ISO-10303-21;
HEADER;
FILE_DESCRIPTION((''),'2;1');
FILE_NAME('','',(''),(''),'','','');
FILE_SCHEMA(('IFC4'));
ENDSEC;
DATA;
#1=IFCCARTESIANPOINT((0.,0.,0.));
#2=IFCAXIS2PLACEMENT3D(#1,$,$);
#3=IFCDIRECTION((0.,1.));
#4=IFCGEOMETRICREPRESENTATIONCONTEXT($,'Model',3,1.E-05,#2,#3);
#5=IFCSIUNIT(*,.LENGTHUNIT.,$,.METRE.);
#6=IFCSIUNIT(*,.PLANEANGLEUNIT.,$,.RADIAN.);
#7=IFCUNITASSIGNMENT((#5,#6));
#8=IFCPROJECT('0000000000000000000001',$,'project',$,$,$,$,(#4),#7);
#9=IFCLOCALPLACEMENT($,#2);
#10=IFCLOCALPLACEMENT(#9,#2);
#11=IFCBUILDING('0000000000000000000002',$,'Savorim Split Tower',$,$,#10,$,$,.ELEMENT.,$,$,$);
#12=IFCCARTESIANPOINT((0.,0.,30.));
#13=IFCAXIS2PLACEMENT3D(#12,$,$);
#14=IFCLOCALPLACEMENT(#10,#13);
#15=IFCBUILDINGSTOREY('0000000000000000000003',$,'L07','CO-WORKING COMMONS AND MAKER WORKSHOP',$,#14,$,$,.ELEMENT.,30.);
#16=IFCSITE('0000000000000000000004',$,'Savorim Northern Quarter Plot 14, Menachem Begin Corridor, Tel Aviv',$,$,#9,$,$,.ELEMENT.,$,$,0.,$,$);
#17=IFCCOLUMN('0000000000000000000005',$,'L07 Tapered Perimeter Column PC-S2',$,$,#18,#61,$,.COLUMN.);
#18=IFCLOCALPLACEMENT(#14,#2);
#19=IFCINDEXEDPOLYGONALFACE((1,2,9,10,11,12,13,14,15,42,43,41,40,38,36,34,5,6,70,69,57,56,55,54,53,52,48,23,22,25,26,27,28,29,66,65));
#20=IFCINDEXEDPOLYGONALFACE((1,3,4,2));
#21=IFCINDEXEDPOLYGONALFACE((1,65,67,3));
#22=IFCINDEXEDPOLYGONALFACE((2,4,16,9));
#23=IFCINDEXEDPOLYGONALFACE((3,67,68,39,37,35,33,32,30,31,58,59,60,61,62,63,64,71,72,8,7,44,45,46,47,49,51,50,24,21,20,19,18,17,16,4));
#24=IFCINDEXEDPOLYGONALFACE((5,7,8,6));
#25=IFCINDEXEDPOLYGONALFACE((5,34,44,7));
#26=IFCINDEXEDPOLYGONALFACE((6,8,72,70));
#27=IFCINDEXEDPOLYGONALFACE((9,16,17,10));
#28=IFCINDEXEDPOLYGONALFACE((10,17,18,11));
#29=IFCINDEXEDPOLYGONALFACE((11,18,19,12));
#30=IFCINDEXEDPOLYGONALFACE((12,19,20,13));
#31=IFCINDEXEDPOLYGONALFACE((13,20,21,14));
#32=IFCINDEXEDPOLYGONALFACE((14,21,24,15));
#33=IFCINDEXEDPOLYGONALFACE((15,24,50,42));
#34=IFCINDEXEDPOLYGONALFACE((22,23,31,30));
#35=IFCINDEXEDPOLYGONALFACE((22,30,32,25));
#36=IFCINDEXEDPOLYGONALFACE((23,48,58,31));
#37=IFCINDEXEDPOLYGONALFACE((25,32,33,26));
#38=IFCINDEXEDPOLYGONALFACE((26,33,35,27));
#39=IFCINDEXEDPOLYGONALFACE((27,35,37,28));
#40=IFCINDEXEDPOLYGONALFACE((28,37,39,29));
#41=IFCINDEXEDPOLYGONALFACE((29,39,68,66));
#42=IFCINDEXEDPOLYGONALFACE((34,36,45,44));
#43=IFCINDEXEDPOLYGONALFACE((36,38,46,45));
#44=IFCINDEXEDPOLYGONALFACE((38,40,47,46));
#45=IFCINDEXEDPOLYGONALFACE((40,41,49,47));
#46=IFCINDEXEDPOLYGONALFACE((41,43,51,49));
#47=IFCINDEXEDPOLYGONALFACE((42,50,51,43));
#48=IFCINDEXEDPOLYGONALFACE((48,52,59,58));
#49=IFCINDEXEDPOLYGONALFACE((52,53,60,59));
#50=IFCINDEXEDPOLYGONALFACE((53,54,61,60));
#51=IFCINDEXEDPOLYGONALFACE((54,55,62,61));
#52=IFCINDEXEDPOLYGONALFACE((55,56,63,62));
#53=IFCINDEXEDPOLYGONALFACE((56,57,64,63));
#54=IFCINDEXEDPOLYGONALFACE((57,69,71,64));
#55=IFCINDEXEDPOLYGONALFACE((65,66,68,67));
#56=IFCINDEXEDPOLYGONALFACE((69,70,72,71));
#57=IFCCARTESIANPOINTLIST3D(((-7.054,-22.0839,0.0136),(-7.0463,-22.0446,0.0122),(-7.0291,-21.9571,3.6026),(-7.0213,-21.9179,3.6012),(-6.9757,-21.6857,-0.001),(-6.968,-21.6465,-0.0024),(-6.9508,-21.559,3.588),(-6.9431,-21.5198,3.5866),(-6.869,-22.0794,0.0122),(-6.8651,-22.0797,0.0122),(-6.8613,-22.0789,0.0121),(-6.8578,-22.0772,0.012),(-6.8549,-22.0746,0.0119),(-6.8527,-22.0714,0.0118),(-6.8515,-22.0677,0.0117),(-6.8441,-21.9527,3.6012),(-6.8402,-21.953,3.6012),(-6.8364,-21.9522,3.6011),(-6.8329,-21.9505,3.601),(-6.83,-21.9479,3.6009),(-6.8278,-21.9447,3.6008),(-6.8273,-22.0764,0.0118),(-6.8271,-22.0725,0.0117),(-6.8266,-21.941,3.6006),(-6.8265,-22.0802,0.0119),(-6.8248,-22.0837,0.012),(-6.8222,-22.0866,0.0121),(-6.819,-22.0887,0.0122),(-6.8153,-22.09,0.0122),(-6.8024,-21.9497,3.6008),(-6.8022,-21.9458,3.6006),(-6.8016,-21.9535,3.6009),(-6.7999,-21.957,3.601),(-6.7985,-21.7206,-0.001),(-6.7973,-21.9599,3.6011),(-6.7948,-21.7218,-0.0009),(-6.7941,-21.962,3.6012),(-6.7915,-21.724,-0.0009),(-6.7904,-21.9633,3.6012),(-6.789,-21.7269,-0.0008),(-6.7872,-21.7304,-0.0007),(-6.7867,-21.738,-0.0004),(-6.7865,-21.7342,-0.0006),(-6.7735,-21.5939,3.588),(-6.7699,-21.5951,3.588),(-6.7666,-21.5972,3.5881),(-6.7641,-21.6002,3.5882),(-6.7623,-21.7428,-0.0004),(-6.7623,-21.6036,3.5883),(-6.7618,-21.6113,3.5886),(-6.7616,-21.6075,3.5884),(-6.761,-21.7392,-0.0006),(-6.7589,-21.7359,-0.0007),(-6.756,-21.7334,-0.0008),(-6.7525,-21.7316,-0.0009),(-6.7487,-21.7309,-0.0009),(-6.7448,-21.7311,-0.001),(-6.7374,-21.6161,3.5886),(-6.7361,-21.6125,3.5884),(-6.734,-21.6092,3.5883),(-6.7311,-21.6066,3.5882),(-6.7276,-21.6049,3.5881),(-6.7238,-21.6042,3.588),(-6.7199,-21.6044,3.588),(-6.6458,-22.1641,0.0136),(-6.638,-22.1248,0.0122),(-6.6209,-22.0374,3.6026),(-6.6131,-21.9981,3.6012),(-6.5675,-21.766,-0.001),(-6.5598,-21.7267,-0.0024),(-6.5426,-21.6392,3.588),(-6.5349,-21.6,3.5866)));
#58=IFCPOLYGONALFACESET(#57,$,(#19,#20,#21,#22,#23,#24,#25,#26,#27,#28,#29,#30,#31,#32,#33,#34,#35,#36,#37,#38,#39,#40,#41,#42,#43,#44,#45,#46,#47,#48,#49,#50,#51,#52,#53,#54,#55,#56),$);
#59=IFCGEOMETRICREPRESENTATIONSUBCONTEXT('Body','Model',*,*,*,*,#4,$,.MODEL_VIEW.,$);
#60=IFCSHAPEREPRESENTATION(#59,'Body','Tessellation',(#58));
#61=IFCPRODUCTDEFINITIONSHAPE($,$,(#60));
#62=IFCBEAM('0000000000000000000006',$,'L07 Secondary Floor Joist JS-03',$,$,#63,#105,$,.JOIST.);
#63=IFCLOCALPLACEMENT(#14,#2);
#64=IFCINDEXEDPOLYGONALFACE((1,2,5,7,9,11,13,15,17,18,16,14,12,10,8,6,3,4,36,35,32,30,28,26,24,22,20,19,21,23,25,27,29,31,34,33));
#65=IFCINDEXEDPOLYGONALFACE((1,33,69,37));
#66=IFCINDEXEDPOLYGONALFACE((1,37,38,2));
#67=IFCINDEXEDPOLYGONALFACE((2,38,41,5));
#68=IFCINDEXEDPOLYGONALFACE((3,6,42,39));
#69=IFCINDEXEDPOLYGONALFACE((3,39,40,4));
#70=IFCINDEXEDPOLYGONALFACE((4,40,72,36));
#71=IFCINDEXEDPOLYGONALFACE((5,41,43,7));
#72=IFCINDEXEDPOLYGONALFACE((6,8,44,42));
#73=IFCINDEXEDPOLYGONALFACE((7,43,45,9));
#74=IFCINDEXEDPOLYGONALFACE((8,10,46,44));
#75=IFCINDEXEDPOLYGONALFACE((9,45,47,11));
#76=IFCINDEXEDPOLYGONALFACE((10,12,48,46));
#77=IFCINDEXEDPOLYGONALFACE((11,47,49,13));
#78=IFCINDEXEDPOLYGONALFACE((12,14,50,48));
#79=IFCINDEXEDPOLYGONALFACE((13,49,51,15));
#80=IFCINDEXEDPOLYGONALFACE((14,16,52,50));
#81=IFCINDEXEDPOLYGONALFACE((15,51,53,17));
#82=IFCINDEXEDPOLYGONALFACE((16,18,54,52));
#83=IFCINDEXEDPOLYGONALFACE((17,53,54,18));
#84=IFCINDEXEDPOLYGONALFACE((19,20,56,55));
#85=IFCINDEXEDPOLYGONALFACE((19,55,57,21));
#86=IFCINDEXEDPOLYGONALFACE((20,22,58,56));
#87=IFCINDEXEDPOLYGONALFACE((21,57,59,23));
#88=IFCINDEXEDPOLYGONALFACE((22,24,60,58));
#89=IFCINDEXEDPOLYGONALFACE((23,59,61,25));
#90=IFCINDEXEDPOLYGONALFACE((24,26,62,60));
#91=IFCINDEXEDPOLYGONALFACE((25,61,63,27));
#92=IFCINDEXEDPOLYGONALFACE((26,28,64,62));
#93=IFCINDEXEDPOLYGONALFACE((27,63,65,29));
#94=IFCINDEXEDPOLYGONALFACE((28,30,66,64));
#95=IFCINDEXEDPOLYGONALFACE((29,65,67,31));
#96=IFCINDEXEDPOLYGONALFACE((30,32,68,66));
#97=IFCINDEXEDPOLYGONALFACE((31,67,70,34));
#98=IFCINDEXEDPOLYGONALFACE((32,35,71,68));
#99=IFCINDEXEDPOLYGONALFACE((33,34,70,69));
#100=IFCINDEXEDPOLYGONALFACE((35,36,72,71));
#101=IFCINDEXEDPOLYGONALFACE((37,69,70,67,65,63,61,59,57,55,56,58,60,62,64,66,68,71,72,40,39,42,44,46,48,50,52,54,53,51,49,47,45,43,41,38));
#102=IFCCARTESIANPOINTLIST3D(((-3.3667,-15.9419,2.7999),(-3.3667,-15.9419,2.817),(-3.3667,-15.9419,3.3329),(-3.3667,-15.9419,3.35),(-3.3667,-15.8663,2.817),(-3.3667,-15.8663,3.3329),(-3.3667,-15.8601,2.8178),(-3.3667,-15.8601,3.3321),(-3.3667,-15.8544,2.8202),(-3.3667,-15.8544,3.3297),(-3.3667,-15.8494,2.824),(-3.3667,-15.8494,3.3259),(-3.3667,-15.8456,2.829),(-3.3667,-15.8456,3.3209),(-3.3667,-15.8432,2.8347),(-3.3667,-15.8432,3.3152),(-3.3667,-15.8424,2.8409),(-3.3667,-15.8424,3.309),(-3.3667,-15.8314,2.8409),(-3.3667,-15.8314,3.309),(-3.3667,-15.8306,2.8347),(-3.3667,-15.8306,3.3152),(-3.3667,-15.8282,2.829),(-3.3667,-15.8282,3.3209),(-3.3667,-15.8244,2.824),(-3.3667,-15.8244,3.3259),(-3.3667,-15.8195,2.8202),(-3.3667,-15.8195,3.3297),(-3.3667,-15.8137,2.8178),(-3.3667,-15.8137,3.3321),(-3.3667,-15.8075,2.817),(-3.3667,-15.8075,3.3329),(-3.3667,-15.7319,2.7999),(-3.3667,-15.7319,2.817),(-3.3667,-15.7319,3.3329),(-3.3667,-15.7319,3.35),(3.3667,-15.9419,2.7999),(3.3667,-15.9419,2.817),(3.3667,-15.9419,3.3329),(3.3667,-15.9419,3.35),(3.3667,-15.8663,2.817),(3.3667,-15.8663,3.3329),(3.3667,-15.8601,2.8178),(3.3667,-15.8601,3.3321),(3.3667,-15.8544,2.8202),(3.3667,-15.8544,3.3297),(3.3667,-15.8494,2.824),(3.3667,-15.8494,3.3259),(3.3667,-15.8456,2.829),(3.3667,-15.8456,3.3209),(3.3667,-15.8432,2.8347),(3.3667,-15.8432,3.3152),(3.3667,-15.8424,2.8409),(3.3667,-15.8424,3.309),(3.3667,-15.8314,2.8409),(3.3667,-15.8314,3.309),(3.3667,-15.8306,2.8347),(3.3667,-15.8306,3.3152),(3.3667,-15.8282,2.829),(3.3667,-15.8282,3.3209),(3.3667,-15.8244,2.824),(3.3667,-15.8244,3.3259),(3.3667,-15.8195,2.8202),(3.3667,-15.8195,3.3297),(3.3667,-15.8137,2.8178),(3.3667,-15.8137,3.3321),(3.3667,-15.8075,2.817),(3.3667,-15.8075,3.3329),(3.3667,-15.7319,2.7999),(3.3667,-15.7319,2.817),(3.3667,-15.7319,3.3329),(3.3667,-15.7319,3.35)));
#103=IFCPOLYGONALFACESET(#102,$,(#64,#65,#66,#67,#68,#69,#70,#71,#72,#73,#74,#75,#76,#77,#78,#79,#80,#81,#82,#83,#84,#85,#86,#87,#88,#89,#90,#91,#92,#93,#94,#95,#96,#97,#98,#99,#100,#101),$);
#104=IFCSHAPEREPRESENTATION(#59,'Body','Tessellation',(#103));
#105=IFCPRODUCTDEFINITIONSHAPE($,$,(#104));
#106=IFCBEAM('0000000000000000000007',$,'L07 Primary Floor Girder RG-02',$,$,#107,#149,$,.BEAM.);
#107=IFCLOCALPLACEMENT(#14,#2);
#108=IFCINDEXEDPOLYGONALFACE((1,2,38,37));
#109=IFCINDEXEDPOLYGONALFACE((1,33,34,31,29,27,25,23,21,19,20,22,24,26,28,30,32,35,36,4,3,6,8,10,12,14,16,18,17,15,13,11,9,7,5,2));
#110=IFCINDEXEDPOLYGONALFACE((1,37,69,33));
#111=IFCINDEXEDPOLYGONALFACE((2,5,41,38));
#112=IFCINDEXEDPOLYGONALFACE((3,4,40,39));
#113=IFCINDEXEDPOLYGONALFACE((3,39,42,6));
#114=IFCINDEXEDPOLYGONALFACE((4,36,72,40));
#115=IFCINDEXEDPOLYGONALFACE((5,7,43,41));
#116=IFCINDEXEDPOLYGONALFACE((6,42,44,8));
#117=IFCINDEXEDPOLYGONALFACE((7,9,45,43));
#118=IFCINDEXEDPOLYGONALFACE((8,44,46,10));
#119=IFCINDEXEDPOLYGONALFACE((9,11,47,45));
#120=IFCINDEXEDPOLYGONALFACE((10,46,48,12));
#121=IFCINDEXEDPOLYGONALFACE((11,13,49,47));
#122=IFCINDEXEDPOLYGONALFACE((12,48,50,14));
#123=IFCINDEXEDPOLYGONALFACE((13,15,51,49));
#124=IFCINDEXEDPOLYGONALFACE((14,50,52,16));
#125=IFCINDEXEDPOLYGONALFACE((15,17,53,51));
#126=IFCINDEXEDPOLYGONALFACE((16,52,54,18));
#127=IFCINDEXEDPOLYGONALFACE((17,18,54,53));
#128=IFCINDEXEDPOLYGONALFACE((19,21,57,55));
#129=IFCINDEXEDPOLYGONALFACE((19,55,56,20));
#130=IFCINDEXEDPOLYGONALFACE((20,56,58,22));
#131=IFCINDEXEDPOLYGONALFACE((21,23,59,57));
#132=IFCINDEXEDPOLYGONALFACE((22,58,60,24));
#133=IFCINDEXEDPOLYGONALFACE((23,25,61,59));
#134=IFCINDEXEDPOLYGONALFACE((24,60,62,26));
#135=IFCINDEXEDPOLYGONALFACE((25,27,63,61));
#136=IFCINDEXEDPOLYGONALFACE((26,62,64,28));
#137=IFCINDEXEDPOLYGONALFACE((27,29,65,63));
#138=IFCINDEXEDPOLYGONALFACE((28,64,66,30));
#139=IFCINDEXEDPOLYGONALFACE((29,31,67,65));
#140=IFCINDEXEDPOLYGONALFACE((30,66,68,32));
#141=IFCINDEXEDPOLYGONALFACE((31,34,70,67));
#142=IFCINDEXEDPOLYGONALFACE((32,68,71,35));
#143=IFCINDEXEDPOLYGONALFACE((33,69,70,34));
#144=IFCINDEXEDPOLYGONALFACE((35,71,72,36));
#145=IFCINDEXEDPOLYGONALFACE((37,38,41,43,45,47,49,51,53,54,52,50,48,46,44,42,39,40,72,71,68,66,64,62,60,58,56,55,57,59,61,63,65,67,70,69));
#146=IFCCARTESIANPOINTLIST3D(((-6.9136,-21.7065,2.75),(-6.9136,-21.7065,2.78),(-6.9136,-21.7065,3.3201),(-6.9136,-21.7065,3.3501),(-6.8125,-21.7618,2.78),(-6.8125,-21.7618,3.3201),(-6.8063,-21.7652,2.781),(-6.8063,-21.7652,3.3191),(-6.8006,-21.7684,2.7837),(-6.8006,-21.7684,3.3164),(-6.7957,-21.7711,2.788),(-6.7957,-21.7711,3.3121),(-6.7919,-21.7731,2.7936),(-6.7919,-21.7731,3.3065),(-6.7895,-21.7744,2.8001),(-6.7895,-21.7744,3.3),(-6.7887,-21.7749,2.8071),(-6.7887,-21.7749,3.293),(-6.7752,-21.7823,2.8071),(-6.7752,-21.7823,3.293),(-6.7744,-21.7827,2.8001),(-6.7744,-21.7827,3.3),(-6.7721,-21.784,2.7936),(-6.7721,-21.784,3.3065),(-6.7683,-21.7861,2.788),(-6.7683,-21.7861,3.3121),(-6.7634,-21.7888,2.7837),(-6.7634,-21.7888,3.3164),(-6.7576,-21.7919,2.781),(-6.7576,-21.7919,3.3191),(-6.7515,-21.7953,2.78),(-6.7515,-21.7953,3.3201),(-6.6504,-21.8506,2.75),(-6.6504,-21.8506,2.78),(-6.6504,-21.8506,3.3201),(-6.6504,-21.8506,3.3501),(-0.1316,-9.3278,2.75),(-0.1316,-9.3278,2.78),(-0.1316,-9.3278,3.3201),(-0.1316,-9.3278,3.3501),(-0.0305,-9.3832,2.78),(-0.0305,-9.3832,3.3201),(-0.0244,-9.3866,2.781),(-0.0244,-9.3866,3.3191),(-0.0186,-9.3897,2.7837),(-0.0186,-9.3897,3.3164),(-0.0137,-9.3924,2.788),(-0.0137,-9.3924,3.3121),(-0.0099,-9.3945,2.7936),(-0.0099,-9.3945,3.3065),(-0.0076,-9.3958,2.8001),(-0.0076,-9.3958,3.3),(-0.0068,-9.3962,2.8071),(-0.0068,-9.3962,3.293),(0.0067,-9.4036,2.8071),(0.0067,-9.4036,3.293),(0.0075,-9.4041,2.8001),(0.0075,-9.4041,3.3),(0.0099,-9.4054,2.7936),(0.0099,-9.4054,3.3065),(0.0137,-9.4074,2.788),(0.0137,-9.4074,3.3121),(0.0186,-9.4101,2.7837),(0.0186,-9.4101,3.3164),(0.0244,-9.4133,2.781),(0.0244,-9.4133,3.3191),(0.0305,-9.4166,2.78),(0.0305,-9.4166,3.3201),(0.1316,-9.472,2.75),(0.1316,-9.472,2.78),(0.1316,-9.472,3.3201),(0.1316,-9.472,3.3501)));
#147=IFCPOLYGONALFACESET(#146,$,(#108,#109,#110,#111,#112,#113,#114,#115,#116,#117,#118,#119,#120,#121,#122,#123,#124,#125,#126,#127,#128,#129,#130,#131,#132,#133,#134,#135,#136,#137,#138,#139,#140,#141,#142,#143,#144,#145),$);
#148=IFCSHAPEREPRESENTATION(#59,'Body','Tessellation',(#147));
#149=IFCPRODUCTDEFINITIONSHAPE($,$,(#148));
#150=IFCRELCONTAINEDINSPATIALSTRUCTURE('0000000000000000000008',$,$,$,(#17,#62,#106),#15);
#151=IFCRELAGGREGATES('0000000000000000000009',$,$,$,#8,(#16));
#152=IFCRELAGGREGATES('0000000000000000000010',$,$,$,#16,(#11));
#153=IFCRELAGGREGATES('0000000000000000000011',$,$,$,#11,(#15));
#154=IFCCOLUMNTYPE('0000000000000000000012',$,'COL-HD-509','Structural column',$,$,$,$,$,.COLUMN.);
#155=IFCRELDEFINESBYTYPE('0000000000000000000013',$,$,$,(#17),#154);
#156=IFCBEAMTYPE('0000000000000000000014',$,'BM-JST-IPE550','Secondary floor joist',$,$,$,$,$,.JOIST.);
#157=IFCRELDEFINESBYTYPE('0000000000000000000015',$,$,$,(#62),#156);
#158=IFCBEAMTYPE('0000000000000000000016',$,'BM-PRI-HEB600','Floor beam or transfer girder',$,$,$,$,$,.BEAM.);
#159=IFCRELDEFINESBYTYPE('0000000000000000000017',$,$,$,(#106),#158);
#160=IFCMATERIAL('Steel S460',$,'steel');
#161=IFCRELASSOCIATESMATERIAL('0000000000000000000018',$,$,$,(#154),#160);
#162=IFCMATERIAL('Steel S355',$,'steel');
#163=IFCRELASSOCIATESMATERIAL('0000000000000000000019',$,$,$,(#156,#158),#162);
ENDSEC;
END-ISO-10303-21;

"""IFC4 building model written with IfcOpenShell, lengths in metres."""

from ifc_helpers import new_model, si_unit, direction, frame, origin, origin_2d, place, context, subcontext, project, spatial, i_section, extrude, material, material_profile, profile_set, type_object, element, save


model = new_model("IFC4")

# Units and contexts
model_context = context("Model", 3, precision=1e-05, world=origin(), true_north=direction((0.0, 1.0)))
body_context = subcontext(model_context, "Body", "Model", "MODEL_VIEW")
ifc_project = project(units=[si_unit("LENGTHUNIT", "METRE"), si_unit("PLANEANGLEUNIT", "RADIAN")], contexts=[model_context])

# Site, building, storey
site_placement = place(None, origin())
site = spatial("IfcSite", under=ifc_project, at=site_placement, Name="Savorim Northern Quarter Plot 14, Menachem Begin Corridor, Tel Aviv", CompositionType="ELEMENT", RefElevation=0.0)
building_placement = place(site_placement, origin())
building = spatial("IfcBuilding", under=site, at=building_placement, Name="Savorim Split Tower", CompositionType="ELEMENT")
storey_placement = place(building_placement, frame((0.0, 0.0, 30.0)))
storey = spatial("IfcBuildingStorey", under=building, at=storey_placement, Name="L07", Description="CO-WORKING COMMONS AND MAKER WORKSHOP", CompositionType="ELEMENT", Elevation=30.0)

# Column
ifc_material_1 = material(Name="Steel S460", Category="steel")
ifc_material_profile_1 = material_profile(ifc_material_1, i_section(OverallWidth=0.416, OverallDepth=0.446, WebThickness=0.0249, FlangeThickness=0.04, FilletRadius=0.0149, at=origin_2d()), Name="HD 400x509")
ifc_profile_set_1 = profile_set([ifc_material_profile_1], Name="Steel S460")
column_type = type_object("IfcColumnType", Name="COL-HD-509", Description="Structural column", PredefinedType="COLUMN", material=ifc_profile_set_1)
column_placement = place(storey_placement, frame((-6.8069, -21.9053, 0.0056), z_axis=(0.006934, 0.035283, 0.999353), x_axis=(-0.98123, 0.192843, 0.0)))
element("IfcColumn", 1, at=column_placement, inside=storey, type_object=column_type, Name="L07 Tapered Perimeter Column PC-S2", PredefinedType="COLUMN", context=body_context, shape_type="SweptSolid", body=[
    extrude(i_section(OverallWidth=0.416, OverallDepth=0.446, WebThickness=0.0249, FlangeThickness=0.04, FilletRadius=0.0149, at=origin_2d()), origin(), (0.0, 0.0, 1.0), 3.5913),
])

# Beams
ifc_material_2 = material(Name="Steel S355", Category="steel")
ifc_material_profile_2 = material_profile(ifc_material_2, i_section(OverallWidth=0.21, OverallDepth=0.55, WebThickness=0.011, FlangeThickness=0.0171, FilletRadius=0.0239, at=origin_2d()), Name="IPE 550")
ifc_profile_set_2 = profile_set([ifc_material_profile_2], Name="Steel S355")
beam_type_1 = type_object("IfcBeamType", Name="BM-JST-IPE550", Description="Secondary floor joist", PredefinedType="JOIST", material=ifc_profile_set_2)
beam_1_placement = place(storey_placement, frame((-3.3667, -15.8369, 3.075), z_axis=(1.0, 0.0, 0.0), x_axis=(0.0, 1.0, 0.0)))
element("IfcBeam", 2, at=beam_1_placement, inside=storey, type_object=beam_type_1, Name="L07 Secondary Floor Joist JS-03", PredefinedType="JOIST", context=body_context, shape_type="SweptSolid", body=[
    extrude(i_section(OverallWidth=0.21, OverallDepth=0.55, WebThickness=0.011, FlangeThickness=0.0171, FilletRadius=0.0239, at=origin_2d()), origin(), (0.0, 0.0, 1.0), 6.7334),
])
ifc_material_profile_3 = material_profile(ifc_material_2, i_section(OverallWidth=0.3, OverallDepth=0.6001, WebThickness=0.0154, FlangeThickness=0.03, FilletRadius=0.0271, at=origin_2d()), Name="HEB 600")
ifc_profile_set_3 = profile_set([ifc_material_profile_3], Name="Steel S355")
beam_type_2 = type_object("IfcBeamType", Name="BM-PRI-HEB600", Description="Floor beam or transfer girder", PredefinedType="BEAM", material=ifc_profile_set_3)
beam_2_placement = place(storey_placement, frame((-6.782, -21.7786, 3.05), z_axis=(0.480489, 0.877001, 0.0), x_axis=(-0.877001, 0.480489, 0.0)))
element("IfcBeam", 3, at=beam_2_placement, inside=storey, type_object=beam_type_2, Name="L07 Primary Floor Girder RG-02", PredefinedType="BEAM", context=body_context, shape_type="SweptSolid", body=[
    extrude(i_section(OverallWidth=0.3, OverallDepth=0.6001, WebThickness=0.0154, FlangeThickness=0.03, FilletRadius=0.0271, at=origin_2d()), origin(), (0.0, 0.0, 1.0), 14.1147),
])

save(model, "model.ifc")
